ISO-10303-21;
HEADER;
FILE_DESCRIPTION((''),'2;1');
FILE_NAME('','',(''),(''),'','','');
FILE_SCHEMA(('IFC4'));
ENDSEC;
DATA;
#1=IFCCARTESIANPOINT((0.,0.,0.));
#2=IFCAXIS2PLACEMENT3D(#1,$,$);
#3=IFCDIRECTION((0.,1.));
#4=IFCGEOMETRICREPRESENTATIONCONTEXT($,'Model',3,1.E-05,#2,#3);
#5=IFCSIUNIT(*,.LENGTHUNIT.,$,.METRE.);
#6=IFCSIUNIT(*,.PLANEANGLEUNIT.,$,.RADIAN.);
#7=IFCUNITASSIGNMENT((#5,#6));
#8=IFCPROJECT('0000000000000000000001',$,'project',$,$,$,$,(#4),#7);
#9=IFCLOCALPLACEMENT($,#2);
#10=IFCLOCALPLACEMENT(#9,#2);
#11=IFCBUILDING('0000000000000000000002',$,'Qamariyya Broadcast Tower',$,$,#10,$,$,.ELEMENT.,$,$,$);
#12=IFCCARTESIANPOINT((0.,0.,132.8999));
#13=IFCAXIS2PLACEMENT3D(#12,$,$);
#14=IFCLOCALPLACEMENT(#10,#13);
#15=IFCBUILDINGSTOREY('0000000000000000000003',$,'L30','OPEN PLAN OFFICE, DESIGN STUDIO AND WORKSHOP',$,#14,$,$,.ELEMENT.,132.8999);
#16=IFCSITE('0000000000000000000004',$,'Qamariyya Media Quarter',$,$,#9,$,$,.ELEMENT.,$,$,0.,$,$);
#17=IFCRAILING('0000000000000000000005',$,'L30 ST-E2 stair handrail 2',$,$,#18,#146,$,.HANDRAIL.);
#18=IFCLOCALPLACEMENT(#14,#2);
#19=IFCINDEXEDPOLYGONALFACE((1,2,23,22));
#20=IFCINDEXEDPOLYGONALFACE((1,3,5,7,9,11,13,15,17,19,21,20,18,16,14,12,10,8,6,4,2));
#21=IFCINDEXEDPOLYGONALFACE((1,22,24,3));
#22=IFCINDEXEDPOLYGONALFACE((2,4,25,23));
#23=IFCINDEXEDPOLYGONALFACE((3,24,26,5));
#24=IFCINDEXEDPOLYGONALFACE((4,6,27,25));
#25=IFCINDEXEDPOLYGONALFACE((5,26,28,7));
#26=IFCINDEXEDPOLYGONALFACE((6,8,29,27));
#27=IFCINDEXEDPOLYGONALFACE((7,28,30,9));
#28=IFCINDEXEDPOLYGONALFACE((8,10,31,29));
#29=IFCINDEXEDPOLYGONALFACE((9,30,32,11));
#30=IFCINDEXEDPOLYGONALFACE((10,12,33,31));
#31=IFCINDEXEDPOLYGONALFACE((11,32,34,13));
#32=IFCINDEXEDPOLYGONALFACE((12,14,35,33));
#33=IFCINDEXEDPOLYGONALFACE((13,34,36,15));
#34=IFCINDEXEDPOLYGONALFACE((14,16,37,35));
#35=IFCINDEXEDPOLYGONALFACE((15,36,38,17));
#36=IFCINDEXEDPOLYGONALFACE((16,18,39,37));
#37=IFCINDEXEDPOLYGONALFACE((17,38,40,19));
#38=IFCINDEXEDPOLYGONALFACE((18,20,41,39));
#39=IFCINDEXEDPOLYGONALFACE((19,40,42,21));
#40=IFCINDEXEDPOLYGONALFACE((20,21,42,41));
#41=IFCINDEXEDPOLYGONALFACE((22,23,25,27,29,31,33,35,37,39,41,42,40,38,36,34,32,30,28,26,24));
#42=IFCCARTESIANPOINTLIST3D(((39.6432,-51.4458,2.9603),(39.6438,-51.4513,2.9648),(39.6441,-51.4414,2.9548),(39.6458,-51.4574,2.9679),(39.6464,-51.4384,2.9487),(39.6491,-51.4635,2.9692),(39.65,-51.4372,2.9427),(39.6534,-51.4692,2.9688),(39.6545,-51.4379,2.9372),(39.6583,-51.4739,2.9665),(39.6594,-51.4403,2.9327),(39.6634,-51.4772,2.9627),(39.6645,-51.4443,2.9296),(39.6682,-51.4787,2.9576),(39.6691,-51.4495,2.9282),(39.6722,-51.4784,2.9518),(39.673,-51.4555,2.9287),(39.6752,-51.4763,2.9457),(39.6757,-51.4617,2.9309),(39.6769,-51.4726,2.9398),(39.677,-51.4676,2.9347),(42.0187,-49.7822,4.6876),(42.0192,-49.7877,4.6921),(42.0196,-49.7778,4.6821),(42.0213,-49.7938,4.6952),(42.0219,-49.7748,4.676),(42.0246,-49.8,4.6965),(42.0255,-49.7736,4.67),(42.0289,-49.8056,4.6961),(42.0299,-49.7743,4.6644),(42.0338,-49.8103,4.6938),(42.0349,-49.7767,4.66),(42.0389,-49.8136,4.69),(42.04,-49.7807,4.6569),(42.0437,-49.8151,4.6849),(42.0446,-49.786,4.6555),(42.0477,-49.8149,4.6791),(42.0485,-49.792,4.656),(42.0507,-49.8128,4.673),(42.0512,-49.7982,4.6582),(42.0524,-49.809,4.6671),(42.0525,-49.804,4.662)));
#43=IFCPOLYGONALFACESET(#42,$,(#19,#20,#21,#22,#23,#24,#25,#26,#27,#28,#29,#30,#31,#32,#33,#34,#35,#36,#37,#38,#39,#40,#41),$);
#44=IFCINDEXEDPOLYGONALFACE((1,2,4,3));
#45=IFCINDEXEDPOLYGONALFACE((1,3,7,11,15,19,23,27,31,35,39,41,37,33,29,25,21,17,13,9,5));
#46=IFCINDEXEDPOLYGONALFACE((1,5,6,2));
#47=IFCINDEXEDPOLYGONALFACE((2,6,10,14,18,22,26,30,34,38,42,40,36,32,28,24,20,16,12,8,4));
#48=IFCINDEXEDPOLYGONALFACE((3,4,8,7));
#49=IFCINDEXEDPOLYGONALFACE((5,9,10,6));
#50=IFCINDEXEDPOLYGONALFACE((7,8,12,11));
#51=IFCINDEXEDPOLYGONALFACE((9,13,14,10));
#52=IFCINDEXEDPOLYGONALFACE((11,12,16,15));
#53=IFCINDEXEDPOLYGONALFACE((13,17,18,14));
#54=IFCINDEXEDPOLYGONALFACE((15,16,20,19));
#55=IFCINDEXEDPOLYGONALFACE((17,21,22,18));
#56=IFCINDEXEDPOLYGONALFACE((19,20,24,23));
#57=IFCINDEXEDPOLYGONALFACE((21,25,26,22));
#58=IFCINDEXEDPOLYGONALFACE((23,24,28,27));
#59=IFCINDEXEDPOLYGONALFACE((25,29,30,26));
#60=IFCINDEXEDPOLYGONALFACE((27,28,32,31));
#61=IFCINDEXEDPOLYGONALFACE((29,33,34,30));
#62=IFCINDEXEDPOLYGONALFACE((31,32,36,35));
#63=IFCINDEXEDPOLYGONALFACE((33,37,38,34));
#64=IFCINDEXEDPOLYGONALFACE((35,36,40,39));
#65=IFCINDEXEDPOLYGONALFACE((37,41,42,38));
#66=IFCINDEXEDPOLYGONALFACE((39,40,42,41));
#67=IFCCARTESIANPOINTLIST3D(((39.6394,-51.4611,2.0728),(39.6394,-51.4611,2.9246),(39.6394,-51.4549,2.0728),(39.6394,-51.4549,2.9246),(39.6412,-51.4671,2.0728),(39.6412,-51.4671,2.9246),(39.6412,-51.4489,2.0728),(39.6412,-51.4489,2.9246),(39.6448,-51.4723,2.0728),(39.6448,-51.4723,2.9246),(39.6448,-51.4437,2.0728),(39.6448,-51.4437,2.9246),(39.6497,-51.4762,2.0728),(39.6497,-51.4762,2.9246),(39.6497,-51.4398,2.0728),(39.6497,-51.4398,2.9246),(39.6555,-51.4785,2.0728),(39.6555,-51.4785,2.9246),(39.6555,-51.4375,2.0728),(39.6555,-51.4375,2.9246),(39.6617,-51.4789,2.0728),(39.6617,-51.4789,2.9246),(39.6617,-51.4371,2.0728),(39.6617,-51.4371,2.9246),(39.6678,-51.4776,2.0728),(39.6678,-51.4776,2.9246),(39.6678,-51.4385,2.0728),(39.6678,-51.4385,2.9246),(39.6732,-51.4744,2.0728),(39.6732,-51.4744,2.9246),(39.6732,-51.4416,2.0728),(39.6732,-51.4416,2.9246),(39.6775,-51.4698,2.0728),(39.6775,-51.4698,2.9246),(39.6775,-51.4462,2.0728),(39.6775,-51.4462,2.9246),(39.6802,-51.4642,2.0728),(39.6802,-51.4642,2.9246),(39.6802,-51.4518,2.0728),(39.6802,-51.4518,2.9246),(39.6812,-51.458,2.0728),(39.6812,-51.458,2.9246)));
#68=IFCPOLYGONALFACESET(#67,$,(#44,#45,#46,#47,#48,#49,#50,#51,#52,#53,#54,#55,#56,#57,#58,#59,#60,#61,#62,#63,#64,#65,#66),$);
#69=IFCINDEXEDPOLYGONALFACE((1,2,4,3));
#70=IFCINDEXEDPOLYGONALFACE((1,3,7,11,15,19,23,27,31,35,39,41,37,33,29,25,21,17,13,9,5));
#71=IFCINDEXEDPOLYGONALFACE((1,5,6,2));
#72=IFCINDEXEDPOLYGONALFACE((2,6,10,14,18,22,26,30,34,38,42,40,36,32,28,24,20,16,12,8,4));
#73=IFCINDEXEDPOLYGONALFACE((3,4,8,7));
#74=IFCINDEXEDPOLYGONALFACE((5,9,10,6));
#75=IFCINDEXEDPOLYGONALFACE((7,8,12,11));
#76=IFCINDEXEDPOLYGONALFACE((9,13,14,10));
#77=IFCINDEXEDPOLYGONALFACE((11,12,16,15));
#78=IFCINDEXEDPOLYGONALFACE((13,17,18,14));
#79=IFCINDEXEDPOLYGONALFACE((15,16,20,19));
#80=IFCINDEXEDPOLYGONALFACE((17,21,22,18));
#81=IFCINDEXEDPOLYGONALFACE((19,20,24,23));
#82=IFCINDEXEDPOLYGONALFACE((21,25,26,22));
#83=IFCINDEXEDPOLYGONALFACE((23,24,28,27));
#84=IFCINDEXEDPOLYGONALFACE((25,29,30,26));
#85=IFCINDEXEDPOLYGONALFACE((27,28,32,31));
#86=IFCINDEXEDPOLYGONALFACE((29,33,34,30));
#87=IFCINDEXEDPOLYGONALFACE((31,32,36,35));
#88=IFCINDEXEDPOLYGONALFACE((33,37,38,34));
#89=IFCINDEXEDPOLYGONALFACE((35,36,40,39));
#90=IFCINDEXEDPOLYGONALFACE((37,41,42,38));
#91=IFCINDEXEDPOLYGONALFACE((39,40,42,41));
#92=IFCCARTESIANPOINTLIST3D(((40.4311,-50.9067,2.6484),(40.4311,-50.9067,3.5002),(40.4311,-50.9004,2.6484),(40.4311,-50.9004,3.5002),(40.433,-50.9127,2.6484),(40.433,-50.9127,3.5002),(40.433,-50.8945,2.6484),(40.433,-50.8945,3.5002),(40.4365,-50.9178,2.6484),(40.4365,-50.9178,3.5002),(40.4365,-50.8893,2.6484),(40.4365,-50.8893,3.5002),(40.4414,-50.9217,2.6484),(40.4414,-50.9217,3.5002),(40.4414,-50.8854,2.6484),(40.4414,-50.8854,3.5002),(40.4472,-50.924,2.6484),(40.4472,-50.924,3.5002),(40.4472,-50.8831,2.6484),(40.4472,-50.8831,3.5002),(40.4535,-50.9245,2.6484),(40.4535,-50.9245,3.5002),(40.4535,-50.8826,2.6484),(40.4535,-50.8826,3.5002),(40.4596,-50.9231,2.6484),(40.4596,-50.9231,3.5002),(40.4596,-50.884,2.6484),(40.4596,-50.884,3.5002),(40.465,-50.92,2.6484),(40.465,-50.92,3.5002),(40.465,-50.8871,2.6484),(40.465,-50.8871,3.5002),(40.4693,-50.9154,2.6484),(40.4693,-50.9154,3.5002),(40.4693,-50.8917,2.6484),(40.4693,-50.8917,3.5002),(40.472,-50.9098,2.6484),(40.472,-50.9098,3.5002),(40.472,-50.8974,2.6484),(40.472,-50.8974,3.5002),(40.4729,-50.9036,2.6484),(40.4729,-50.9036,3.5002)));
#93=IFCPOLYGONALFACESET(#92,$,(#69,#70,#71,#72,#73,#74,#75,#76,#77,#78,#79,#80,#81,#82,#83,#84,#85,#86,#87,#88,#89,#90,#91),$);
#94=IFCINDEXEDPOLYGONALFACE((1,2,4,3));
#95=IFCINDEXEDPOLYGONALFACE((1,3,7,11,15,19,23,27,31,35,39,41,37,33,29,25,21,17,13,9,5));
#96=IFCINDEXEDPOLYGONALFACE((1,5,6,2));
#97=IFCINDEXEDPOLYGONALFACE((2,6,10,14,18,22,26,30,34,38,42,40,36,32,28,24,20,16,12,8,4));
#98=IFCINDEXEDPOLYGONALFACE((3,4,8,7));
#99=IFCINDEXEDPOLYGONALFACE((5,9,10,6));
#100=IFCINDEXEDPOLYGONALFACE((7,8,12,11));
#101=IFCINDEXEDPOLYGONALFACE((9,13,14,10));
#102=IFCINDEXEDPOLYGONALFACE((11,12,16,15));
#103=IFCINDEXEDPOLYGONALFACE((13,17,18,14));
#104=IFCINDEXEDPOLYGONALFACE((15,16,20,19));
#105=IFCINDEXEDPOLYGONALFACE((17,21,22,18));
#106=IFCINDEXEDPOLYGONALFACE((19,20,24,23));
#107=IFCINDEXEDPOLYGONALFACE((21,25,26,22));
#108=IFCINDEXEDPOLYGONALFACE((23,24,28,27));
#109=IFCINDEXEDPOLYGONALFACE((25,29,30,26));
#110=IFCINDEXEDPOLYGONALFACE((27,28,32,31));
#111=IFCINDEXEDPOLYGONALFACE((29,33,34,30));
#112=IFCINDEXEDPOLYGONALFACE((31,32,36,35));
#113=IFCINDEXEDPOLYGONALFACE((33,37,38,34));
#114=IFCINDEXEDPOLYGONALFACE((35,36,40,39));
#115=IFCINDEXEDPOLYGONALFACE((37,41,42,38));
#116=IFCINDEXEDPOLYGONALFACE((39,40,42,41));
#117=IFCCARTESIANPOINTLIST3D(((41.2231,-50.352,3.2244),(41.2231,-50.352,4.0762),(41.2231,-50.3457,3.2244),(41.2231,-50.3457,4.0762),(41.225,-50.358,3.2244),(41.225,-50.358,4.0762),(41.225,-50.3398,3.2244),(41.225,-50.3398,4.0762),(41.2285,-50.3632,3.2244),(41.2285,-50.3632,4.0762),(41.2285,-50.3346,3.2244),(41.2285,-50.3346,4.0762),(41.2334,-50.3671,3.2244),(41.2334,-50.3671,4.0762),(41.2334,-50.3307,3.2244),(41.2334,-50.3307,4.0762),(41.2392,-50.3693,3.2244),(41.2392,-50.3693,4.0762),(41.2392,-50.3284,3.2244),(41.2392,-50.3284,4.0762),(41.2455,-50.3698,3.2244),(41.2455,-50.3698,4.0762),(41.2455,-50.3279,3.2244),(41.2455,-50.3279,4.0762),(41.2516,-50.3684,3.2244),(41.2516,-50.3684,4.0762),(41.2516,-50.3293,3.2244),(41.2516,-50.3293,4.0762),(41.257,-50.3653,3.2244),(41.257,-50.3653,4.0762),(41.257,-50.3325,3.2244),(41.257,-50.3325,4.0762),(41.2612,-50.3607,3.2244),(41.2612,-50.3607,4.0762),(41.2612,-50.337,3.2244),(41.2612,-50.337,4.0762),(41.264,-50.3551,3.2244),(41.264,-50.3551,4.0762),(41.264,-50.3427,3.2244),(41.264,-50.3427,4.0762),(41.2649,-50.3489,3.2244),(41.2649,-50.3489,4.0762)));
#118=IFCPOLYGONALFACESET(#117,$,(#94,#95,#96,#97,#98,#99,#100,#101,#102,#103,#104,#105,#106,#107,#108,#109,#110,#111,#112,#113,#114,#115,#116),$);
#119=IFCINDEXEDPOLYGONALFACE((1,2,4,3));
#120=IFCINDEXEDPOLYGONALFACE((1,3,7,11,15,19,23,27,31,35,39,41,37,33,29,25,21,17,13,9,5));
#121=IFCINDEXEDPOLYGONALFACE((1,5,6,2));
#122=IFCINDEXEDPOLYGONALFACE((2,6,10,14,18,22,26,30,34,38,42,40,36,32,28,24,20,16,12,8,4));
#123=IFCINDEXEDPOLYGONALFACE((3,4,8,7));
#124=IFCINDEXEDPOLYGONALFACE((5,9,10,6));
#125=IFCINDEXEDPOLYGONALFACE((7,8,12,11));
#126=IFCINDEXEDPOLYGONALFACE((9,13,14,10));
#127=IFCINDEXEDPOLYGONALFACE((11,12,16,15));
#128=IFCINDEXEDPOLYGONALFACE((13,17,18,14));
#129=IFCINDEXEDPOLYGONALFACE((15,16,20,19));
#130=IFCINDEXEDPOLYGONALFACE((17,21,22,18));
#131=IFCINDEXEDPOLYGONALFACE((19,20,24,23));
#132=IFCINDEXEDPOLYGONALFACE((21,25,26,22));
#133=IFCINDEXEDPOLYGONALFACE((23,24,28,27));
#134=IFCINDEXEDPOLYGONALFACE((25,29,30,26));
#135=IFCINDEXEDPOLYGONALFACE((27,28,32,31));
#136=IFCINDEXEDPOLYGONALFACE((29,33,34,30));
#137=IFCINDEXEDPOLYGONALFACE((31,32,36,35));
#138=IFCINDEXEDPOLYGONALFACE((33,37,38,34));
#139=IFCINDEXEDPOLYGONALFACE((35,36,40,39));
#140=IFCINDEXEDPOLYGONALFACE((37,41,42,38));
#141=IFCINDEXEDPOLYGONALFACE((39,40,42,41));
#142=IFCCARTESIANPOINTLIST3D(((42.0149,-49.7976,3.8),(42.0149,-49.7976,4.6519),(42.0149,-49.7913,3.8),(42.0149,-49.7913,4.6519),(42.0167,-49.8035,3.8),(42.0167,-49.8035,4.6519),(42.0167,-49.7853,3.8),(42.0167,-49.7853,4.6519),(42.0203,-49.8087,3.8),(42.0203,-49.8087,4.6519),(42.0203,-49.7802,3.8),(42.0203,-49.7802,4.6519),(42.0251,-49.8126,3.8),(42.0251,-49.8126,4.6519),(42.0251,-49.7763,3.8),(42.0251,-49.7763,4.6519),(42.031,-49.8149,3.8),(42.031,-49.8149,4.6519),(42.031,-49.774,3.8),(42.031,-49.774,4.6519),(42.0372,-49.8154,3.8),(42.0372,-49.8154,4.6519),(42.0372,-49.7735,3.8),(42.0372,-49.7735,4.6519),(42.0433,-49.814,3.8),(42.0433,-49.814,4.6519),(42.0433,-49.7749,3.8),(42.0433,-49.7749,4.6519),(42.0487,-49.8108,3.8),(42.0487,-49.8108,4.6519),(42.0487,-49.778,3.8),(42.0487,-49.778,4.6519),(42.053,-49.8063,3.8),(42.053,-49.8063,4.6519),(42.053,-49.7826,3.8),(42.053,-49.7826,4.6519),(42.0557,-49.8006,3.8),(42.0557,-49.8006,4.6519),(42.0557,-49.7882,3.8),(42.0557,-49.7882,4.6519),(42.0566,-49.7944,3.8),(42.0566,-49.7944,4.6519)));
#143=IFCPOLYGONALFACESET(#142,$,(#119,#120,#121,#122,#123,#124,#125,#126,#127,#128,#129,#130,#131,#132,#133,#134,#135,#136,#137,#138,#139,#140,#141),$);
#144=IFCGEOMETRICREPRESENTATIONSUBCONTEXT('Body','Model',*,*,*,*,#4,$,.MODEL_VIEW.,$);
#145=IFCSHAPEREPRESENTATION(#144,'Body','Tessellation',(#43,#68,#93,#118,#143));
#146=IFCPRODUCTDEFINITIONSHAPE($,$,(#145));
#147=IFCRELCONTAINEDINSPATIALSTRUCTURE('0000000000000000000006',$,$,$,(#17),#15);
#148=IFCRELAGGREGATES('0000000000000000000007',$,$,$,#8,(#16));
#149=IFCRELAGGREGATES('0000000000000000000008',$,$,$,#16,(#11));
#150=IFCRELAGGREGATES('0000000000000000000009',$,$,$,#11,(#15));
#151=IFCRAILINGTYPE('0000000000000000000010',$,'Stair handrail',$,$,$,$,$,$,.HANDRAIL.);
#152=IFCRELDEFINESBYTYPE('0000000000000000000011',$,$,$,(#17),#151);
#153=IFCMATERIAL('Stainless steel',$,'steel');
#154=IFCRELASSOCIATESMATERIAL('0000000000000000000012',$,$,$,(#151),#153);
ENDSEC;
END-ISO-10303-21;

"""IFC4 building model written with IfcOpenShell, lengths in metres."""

from ifc_helpers import new_model, si_unit, direction, frame, origin, origin_2d, place, context, subcontext, project, spatial, circle, extrude, material, type_object, element, save


model = new_model("IFC4")

# Units and contexts
model_context = context("Model", 3, precision=1e-05, world=origin(), true_north=direction((0.0, 1.0)))
body_context = subcontext(model_context, "Body", "Model", "MODEL_VIEW")
ifc_project = project(units=[si_unit("LENGTHUNIT", "METRE"), si_unit("PLANEANGLEUNIT", "RADIAN")], contexts=[model_context])

# Site, building, storey
site_placement = place(None, origin())
site = spatial("IfcSite", under=ifc_project, at=site_placement, Name="Qamariyya Media Quarter", CompositionType="ELEMENT", RefElevation=0.0)
building_placement = place(site_placement, origin())
building = spatial("IfcBuilding", under=site, at=building_placement, Name="Qamariyya Broadcast Tower", CompositionType="ELEMENT")
storey_placement = place(building_placement, frame((0.0, 0.0, 132.8999)))
storey = spatial("IfcBuildingStorey", under=building, at=storey_placement, Name="L30", Description="OPEN PLAN OFFICE, DESIGN STUDIO AND WORKSHOP", CompositionType="ELEMENT", Elevation=132.8999)

# Railing
ifc_material_1 = material(Name="Stainless steel", Category="steel")
railing_type_1 = type_object("IfcRailingType", Name="Stair handrail", PredefinedType="HANDRAIL", material=ifc_material_1)
railing_1_placement = place(storey_placement, frame((39.6602, -51.458, 2.0728)))
element("IfcRailing", 1, at=railing_1_placement, inside=storey, type_object=railing_type_1, Name="L30 ST-E2 stair handrail 2", PredefinedType="HANDRAIL", context=body_context, shape_type="SweptSolid", body=[
    extrude(circle(Radius=0.0239, at=origin_2d()), frame((0.0, 0.0, 0.876), z_axis=(0.703745, 0.492838, 0.511716), x_axis=(-0.573632, 0.819113, 0.0)), (0.0, 0.0, 1.0), 3.3755),
    extrude(circle(Radius=0.021, at=origin_2d()), origin(), (0.0, 0.0, 1.0), 0.8518),
    extrude(circle(Radius=0.021, at=origin_2d()), frame((0.7917, 0.5544, 0.5757)), (0.0, 0.0, 1.0), 0.8518),
    extrude(circle(Radius=0.021, at=origin_2d()), frame((1.5837, 1.1091, 1.1516)), (0.0, 0.0, 1.0), 0.8518),
    extrude(circle(Radius=0.021, at=origin_2d()), frame((2.3755, 1.6636, 1.7273)), (0.0, 0.0, 1.0), 0.8518),
])

save(model, "model.ifc")
